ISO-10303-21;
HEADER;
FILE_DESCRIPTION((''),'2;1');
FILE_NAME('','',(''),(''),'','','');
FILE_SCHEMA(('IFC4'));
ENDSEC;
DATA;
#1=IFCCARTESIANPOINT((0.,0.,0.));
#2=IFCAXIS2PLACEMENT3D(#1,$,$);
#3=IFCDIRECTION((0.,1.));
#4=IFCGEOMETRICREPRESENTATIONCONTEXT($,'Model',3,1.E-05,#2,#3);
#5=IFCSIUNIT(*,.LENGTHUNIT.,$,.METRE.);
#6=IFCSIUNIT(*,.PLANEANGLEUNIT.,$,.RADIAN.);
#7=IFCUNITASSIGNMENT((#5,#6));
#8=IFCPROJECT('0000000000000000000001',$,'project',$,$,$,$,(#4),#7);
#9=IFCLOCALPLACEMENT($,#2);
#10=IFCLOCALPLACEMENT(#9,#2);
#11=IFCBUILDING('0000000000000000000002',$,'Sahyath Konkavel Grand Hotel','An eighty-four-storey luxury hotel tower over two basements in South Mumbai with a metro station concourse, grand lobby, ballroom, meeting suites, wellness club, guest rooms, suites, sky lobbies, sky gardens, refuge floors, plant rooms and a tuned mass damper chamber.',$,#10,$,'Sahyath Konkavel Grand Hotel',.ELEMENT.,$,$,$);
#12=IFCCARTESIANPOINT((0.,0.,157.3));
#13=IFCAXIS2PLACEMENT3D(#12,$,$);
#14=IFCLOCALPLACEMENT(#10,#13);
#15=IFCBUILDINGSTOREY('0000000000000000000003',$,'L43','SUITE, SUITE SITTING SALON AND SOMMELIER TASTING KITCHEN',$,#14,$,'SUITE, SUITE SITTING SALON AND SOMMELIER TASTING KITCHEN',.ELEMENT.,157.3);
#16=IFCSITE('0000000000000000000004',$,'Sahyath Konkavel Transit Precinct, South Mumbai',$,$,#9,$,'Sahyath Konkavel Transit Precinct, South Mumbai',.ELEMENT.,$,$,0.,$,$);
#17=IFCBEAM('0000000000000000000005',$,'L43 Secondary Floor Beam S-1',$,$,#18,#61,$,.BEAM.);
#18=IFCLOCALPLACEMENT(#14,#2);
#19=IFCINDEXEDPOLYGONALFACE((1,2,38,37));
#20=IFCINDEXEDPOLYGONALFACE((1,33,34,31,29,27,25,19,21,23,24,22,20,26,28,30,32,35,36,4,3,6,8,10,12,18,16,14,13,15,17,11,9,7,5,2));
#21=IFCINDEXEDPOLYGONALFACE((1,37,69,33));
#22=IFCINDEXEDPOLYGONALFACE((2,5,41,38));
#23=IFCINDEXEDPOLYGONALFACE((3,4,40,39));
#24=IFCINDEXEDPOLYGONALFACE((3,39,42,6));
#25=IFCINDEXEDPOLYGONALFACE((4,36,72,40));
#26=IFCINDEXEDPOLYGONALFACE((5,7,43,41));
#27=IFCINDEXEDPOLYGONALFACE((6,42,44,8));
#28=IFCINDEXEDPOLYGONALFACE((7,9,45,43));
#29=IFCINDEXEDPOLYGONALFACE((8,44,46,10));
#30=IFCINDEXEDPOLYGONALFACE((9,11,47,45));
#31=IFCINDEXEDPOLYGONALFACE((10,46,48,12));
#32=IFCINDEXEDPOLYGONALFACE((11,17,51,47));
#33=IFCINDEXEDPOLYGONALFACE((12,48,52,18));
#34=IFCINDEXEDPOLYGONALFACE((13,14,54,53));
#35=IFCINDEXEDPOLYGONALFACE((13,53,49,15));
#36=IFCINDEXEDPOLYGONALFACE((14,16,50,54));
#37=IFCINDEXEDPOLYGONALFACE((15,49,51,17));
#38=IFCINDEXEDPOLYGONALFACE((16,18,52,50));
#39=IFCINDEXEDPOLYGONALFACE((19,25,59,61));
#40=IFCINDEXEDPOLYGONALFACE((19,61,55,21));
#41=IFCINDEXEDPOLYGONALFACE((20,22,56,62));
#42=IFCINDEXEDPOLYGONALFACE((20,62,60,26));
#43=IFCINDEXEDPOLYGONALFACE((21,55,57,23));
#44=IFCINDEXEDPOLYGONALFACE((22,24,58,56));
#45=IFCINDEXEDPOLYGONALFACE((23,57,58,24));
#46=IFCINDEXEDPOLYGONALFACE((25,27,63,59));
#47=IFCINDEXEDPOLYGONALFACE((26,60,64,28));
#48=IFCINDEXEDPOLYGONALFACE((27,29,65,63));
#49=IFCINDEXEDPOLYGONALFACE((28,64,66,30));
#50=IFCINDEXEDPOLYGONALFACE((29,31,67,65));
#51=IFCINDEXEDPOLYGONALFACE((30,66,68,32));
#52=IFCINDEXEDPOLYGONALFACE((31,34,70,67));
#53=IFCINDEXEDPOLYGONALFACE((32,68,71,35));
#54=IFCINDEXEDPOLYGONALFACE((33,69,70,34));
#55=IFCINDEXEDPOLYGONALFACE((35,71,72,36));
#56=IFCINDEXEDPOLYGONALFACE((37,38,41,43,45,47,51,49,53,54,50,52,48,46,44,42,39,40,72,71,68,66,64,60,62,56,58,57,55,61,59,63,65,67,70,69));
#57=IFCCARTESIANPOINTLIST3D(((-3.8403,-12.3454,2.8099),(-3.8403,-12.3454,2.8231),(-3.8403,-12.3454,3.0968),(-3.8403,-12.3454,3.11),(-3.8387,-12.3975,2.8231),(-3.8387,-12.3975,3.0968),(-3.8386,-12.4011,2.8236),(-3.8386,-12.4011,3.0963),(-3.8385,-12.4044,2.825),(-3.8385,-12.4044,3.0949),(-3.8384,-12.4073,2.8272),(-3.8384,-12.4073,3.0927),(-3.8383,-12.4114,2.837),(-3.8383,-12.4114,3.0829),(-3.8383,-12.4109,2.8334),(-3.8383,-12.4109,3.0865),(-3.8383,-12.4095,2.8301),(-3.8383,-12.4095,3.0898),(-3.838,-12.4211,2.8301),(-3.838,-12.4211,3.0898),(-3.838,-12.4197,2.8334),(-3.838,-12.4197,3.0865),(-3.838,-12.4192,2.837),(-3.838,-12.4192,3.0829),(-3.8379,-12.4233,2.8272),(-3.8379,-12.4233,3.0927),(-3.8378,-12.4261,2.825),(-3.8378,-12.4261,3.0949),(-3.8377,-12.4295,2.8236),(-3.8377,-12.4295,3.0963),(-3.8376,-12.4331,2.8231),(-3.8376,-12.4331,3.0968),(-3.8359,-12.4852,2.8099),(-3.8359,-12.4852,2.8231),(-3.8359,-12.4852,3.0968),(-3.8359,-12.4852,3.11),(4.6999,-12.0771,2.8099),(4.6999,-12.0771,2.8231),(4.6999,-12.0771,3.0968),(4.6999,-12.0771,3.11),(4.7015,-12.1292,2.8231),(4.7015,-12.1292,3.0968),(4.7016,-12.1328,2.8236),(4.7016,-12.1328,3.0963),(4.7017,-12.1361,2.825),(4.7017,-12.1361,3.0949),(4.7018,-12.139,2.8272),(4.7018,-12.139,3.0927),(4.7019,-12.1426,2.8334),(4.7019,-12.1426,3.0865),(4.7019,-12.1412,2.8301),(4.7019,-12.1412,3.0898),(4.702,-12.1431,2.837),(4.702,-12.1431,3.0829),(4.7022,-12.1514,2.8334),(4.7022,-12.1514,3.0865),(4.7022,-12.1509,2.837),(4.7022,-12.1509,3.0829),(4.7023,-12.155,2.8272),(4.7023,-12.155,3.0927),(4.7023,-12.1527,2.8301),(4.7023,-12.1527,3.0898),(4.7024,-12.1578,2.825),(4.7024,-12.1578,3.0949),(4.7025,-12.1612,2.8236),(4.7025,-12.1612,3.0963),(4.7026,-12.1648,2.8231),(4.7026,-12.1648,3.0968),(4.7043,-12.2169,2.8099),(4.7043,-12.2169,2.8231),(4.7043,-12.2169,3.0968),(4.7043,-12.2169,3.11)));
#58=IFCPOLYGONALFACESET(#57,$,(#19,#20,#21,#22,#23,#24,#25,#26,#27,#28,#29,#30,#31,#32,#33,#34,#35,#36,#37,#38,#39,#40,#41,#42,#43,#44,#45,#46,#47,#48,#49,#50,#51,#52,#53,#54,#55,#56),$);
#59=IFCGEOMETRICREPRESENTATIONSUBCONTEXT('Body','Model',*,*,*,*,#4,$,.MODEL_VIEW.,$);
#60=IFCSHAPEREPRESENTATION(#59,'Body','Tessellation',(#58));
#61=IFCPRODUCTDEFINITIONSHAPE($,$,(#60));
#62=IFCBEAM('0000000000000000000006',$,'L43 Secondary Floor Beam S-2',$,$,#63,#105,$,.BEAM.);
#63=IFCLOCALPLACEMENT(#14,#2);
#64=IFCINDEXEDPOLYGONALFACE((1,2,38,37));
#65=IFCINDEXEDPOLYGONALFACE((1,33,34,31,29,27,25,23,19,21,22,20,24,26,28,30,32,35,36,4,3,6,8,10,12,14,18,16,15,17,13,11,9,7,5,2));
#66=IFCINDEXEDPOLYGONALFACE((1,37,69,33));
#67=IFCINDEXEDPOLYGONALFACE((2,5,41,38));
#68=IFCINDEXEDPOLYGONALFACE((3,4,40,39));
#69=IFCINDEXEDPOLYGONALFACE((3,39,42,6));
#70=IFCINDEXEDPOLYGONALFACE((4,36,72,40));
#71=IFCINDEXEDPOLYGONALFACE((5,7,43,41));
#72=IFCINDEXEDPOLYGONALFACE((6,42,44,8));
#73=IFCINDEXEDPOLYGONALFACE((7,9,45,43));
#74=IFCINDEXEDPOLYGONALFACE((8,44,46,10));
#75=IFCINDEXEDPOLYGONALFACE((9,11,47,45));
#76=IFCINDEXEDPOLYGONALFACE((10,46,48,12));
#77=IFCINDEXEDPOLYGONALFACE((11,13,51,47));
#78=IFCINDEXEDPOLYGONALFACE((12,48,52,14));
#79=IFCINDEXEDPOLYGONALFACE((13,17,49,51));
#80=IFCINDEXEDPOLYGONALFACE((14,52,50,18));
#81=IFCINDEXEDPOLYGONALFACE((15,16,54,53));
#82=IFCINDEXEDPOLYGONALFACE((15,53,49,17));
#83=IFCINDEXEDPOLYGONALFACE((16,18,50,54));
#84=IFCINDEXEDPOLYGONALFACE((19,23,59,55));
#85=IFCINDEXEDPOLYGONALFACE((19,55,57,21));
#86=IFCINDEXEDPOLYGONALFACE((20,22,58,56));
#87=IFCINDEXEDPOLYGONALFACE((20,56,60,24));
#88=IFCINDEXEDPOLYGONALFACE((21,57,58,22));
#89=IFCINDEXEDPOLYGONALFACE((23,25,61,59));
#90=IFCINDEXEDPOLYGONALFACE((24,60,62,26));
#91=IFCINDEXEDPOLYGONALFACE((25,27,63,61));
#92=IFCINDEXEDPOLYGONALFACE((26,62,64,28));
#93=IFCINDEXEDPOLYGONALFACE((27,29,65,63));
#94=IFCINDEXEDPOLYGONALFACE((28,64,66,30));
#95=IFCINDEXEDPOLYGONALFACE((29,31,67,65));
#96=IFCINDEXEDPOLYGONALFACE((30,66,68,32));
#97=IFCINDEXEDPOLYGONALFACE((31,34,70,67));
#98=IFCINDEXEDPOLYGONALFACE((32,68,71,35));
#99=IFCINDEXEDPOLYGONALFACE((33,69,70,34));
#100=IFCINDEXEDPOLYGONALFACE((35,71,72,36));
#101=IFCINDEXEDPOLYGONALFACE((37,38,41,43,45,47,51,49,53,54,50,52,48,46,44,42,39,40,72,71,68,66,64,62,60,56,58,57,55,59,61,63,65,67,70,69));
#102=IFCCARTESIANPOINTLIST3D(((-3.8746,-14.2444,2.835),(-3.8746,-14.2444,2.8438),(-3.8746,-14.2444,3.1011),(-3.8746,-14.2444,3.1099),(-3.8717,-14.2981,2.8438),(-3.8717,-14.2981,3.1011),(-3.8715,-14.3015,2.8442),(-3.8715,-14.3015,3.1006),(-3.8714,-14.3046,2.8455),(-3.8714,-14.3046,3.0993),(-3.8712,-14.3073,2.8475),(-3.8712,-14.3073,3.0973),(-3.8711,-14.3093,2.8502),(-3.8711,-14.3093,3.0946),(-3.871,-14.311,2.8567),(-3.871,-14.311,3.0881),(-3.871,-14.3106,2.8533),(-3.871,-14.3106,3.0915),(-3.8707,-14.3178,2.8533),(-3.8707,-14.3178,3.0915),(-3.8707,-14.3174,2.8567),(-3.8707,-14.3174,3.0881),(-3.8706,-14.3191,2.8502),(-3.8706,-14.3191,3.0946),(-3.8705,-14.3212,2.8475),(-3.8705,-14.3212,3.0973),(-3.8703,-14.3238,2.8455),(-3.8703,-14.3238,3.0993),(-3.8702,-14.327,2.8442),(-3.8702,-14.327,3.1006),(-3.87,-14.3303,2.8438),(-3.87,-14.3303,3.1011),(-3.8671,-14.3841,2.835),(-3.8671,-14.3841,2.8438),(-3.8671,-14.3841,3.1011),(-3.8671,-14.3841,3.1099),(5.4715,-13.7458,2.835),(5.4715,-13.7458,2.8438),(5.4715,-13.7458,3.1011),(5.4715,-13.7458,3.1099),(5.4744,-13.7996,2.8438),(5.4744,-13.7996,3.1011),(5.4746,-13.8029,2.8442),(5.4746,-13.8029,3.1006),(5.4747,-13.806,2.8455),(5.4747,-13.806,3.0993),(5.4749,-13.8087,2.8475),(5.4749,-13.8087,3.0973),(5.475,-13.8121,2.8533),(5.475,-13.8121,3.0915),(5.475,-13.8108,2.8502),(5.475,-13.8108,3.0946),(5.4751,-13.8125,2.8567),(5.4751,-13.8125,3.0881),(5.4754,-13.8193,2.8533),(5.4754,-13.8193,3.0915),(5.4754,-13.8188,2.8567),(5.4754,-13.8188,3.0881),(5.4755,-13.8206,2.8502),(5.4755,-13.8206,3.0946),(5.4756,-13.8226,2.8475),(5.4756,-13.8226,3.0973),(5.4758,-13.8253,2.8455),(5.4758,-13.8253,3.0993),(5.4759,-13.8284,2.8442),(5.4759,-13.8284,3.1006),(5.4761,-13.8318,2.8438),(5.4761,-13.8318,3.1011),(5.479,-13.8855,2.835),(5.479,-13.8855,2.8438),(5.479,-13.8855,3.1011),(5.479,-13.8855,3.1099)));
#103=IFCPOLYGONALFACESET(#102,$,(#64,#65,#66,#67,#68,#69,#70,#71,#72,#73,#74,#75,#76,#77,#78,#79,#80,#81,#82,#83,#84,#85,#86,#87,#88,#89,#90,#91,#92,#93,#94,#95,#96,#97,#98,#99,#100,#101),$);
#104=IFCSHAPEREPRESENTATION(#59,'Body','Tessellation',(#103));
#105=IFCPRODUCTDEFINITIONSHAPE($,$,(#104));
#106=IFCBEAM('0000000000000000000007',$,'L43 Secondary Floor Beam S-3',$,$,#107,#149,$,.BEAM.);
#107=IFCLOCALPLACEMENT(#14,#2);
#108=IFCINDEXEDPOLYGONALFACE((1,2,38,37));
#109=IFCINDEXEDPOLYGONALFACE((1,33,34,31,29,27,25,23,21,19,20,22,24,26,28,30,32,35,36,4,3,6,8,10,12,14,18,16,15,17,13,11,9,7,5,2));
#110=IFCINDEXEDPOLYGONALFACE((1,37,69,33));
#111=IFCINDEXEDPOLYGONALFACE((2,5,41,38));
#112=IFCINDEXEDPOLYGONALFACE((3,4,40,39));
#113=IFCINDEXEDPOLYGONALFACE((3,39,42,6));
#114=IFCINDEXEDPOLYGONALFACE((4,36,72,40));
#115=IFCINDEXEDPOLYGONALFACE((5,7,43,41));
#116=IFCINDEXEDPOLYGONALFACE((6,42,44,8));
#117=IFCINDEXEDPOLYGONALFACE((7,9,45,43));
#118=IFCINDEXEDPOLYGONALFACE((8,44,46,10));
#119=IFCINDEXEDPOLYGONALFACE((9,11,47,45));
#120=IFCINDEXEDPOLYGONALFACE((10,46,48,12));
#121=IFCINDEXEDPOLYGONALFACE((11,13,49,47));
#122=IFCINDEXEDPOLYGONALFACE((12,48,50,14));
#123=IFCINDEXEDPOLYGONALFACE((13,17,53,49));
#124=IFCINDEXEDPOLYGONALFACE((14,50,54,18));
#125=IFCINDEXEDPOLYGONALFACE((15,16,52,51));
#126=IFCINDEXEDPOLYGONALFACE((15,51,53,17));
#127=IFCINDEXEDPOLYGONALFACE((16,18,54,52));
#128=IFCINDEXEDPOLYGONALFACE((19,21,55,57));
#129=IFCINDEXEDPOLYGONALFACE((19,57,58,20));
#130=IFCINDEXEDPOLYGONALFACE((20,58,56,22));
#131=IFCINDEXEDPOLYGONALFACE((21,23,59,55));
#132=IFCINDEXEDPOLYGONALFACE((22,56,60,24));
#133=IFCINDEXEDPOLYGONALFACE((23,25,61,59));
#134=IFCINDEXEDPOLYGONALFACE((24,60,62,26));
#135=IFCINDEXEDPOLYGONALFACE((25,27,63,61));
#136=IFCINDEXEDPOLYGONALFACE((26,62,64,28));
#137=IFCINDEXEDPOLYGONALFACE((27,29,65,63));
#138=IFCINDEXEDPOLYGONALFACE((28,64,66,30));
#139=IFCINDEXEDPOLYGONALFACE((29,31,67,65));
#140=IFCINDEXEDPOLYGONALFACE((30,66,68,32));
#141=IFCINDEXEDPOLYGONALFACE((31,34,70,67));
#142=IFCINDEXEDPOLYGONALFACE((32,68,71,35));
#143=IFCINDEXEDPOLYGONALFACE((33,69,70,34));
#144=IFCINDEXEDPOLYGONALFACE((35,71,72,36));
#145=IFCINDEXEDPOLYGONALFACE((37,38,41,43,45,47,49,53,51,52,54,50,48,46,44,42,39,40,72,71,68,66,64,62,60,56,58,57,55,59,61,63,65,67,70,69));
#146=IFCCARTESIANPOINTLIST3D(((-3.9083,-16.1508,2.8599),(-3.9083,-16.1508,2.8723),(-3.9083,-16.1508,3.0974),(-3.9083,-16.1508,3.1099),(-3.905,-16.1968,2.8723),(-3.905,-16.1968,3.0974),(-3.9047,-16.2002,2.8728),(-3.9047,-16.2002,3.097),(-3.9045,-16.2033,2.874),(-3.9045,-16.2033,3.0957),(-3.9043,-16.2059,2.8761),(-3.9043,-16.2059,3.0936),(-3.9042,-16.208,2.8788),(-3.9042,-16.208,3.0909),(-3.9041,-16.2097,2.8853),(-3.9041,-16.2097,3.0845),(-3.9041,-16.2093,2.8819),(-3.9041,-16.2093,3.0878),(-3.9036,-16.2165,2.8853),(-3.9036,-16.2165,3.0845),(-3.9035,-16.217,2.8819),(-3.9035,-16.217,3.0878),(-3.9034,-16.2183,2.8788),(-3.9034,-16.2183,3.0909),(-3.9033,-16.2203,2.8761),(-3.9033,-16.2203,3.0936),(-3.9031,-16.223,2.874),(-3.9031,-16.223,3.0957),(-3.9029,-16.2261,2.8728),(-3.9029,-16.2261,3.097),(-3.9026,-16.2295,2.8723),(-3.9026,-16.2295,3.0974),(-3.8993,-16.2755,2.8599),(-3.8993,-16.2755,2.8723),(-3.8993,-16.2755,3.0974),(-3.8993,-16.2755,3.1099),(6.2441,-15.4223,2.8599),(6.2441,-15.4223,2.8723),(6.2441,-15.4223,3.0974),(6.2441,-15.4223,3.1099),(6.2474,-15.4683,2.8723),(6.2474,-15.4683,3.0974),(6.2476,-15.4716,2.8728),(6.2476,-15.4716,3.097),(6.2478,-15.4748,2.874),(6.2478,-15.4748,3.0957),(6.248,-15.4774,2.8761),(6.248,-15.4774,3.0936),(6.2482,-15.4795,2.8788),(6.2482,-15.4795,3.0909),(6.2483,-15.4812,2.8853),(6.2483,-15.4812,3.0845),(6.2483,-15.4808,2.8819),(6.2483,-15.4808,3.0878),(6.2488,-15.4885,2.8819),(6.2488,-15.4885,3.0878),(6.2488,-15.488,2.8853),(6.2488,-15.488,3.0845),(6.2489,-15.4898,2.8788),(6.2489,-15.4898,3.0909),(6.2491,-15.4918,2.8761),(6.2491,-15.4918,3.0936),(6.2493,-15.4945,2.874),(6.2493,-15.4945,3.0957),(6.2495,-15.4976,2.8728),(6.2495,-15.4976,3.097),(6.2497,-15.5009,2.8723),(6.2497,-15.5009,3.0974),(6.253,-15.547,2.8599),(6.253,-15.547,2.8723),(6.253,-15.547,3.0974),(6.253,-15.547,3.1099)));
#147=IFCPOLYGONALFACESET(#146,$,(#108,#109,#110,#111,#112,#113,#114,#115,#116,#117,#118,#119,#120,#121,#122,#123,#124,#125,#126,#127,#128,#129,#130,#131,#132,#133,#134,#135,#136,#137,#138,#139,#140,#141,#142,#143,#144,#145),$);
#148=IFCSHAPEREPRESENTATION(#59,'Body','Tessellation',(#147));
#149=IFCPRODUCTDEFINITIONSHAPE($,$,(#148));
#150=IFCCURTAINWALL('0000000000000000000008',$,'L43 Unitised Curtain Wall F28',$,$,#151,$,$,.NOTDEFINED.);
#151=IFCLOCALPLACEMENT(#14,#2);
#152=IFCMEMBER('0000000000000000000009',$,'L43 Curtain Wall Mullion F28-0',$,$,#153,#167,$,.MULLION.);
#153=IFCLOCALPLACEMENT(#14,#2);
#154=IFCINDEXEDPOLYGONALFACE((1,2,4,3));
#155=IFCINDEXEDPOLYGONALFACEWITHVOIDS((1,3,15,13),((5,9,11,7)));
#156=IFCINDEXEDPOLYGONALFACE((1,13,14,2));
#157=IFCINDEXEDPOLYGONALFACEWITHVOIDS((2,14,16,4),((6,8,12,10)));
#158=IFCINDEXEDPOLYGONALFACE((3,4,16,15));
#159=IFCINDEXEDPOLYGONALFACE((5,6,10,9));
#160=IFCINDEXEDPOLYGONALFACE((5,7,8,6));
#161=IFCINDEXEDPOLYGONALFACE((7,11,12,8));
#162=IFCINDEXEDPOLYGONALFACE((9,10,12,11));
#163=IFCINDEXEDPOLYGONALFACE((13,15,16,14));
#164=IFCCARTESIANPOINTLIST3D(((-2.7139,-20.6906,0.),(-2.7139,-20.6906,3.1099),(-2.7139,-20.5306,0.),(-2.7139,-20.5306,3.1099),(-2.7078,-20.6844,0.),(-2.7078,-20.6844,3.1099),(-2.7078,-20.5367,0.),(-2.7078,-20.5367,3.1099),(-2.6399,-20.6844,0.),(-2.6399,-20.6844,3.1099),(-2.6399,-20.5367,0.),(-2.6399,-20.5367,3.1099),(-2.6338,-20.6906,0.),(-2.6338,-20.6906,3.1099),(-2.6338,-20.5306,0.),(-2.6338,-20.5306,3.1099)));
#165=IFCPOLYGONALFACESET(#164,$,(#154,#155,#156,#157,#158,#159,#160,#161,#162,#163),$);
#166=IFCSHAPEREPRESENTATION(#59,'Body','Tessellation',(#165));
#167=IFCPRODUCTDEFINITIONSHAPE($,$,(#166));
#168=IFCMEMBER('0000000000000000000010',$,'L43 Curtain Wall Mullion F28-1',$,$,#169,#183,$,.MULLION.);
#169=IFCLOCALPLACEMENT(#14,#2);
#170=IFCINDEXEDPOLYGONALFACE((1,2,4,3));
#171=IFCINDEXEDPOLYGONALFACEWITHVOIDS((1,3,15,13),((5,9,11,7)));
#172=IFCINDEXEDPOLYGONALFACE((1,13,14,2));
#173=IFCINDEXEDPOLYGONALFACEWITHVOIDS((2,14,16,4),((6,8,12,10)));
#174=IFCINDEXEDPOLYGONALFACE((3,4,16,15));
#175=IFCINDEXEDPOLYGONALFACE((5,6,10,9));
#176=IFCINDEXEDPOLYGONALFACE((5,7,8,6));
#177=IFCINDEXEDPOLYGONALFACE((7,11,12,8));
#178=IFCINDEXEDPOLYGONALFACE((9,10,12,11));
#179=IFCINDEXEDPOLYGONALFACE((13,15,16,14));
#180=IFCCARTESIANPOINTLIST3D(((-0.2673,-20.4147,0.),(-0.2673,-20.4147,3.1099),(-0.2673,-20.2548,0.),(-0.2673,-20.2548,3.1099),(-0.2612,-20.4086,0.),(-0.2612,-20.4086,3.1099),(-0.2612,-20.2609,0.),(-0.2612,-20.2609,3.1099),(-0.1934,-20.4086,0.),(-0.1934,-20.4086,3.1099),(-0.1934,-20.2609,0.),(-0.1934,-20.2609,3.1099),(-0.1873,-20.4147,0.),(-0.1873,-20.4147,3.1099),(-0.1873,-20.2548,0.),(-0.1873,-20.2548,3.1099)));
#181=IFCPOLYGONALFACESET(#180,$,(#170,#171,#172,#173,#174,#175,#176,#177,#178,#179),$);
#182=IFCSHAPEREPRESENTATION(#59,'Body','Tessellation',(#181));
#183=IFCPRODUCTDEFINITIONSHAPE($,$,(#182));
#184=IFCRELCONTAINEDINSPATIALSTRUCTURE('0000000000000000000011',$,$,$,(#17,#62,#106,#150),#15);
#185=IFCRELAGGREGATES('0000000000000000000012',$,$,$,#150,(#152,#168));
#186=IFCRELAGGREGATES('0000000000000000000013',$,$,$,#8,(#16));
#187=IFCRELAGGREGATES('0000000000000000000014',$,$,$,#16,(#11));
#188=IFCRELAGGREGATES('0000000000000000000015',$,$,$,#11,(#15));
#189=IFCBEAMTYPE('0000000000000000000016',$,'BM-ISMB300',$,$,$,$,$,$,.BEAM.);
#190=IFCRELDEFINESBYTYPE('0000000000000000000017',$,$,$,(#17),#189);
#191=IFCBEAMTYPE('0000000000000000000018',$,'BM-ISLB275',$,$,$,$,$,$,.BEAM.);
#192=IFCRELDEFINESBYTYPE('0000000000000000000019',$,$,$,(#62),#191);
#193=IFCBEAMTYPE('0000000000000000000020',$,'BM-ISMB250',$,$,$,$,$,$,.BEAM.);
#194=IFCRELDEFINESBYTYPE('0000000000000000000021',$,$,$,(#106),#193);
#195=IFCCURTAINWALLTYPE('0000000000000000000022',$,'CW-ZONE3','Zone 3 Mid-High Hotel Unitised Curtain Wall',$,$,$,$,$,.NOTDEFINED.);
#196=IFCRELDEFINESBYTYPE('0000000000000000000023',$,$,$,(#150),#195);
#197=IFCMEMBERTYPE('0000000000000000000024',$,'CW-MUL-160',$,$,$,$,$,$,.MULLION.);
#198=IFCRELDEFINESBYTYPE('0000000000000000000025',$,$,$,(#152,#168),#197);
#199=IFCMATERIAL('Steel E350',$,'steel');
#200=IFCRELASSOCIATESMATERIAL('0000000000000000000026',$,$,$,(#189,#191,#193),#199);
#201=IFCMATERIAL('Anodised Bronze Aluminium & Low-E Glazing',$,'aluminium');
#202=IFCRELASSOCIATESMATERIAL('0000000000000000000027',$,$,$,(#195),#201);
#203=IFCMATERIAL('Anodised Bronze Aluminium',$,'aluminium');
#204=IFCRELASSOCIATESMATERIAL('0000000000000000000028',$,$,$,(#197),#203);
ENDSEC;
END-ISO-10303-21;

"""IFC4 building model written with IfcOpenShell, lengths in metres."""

from ifc_helpers import new_model, si_unit, direction, frame, origin, origin_2d, place, context, subcontext, project, spatial, hollow_rectangle, i_section, extrude, source, transform, mapped, material, material_profile, profile_set, type_object, element, aggregate, save


model = new_model("IFC4")

# Units and contexts
model_context = context("Model", 3, precision=1e-05, world=origin(), true_north=direction((0.0, 1.0)))
body_context = subcontext(model_context, "Body", "Model", "MODEL_VIEW")
ifc_project = project(units=[si_unit("LENGTHUNIT", "METRE"), si_unit("PLANEANGLEUNIT", "RADIAN")], contexts=[model_context])

# Site, building, storey
site_placement = place(None, origin())
site = spatial("IfcSite", under=ifc_project, at=site_placement, Name="Sahyath Konkavel Transit Precinct, South Mumbai", LongName="Sahyath Konkavel Transit Precinct, South Mumbai", CompositionType="ELEMENT", RefElevation=0.0)
building_placement = place(site_placement, origin())
building = spatial("IfcBuilding", under=site, at=building_placement, Name="Sahyath Konkavel Grand Hotel", Description="An eighty-four-storey luxury hotel tower over two basements in South Mumbai with a metro station concourse, grand lobby, ballroom, meeting suites, wellness club, guest rooms, suites, sky lobbies, sky gardens, refuge floors, plant rooms and a tuned mass damper chamber.", LongName="Sahyath Konkavel Grand Hotel", CompositionType="ELEMENT")
storey_placement = place(building_placement, frame((0.0, 0.0, 157.3)))
storey = spatial("IfcBuildingStorey", under=building, at=storey_placement, Name="L43", Description="SUITE, SUITE SITTING SALON AND SOMMELIER TASTING KITCHEN", LongName="SUITE, SUITE SITTING SALON AND SOMMELIER TASTING KITCHEN", CompositionType="ELEMENT", Elevation=157.3)

# Beams
ifc_material_1 = material(Name="Steel E350", Category="steel")
ifc_material_profile_1 = material_profile(ifc_material_1, i_section(OverallWidth=0.1399, OverallDepth=0.3, WebThickness=0.0078, FlangeThickness=0.0132, FilletRadius=0.0139, at=origin_2d()), Name="ISMB 300")
ifc_profile_set_1 = profile_set([ifc_material_profile_1], Name="Steel E350")
beam_type_1 = type_object("IfcBeamType", Name="BM-ISMB300", PredefinedType="BEAM", material=ifc_profile_set_1)
shared_shape_1 = source(origin(), body_context, "Body", "SweptSolid", [
    extrude(i_section(OverallWidth=0.1399, OverallDepth=0.3, WebThickness=0.0078, FlangeThickness=0.0132, FilletRadius=0.0139, at=origin_2d()), origin(), (0.0, 0.0, 1.0), 8.5444),
])
beam_1_placement = place(storey_placement, frame((-3.8381, -12.4153, 2.96), z_axis=(0.999507, 0.031402, 0.0), x_axis=(-0.031402, 0.999507, 0.0)))
element("IfcBeam", 1, at=beam_1_placement, inside=storey, type_object=beam_type_1, Name="L43 Secondary Floor Beam S-1", PredefinedType="BEAM", context=body_context, shape_type="MappedRepresentation", body=[
    mapped(shared_shape_1, transform((0.0, 0.0, 0.0), scale=1.0)),
])
ifc_material_profile_2 = material_profile(ifc_material_1, i_section(OverallWidth=0.1399, OverallDepth=0.2749, WebThickness=0.0063, FlangeThickness=0.0088, FilletRadius=0.0129, at=origin_2d()), Name="ISLB 275")
ifc_profile_set_2 = profile_set([ifc_material_profile_2], Name="Steel E350")
beam_type_2 = type_object("IfcBeamType", Name="BM-ISLB275", PredefinedType="BEAM", material=ifc_profile_set_2)
shared_shape_2 = source(origin(), body_context, "Body", "SweptSolid", [
    extrude(i_section(OverallWidth=0.1399, OverallDepth=0.2749, WebThickness=0.0063, FlangeThickness=0.0088, FilletRadius=0.0129, at=origin_2d()), origin(), (0.0, 0.0, 1.0), 9.3594),
])
beam_2_placement = place(storey_placement, frame((-3.8708, -14.3142, 2.9724), z_axis=(0.99858, 0.053265, 0.0), x_axis=(-0.053265, 0.99858, 0.0)))
element("IfcBeam", 2, at=beam_2_placement, inside=storey, type_object=beam_type_2, Name="L43 Secondary Floor Beam S-2", PredefinedType="BEAM", context=body_context, shape_type="MappedRepresentation", body=[
    mapped(shared_shape_2, transform((0.0, 0.0, 0.0), scale=1.0)),
])
ifc_material_profile_3 = material_profile(ifc_material_1, i_section(OverallWidth=0.125, OverallDepth=0.25, WebThickness=0.0068, FlangeThickness=0.0125, FilletRadius=0.0129, at=origin_2d()), Name="ISMB 250")
ifc_profile_set_3 = profile_set([ifc_material_profile_3], Name="Steel E350")
beam_type_3 = type_object("IfcBeamType", Name="BM-ISMB250", PredefinedType="BEAM", material=ifc_profile_set_3)
shared_shape_3 = source(origin(), body_context, "Body", "SweptSolid", [
    extrude(i_section(OverallWidth=0.125, OverallDepth=0.25, WebThickness=0.0068, FlangeThickness=0.0125, FilletRadius=0.0129, at=origin_2d()), origin(), (0.0, 0.0, 1.0), 10.1785),
])
beam_3_placement = place(storey_placement, frame((-3.9038, -16.2131, 2.9849), z_axis=(0.997435, 0.071574, 0.0), x_axis=(-0.071574, 0.997435, 0.0)))
element("IfcBeam", 3, at=beam_3_placement, inside=storey, type_object=beam_type_3, Name="L43 Secondary Floor Beam S-3", PredefinedType="BEAM", context=body_context, shape_type="MappedRepresentation", body=[
    mapped(shared_shape_3, transform((0.0, 0.0, 0.0), scale=1.0)),
])

# Curtain wall, members
ifc_material_2 = material(Name="Anodised Bronze Aluminium & Low-E Glazing", Category="aluminium")
curtain_wall_type = type_object("IfcCurtainWallType", Name="CW-ZONE3", Description="Zone 3 Mid-High Hotel Unitised Curtain Wall", PredefinedType="NOTDEFINED", material=ifc_material_2)
curtain_wall_placement = place(storey_placement, origin())
curtain_wall = element("IfcCurtainWall", 4, at=curtain_wall_placement, inside=storey, type_object=curtain_wall_type, Name="L43 Unitised Curtain Wall F28", PredefinedType="NOTDEFINED")
ifc_material_3 = material(Name="Anodised Bronze Aluminium", Category="aluminium")
ifc_material_profile_4 = material_profile(ifc_material_3, hollow_rectangle(XDim=0.0801, YDim=0.1599, WallThickness=0.0061, at=origin_2d()), Name="RHS 160x80x6")
ifc_profile_set_4 = profile_set([ifc_material_profile_4], Name="Anodised Bronze Aluminium")
member_type_1 = type_object("IfcMemberType", Name="CW-MUL-160", PredefinedType="MULLION", material=ifc_profile_set_4)
shared_shape_4 = source(origin(), body_context, "Body", "SweptSolid", [
    extrude(hollow_rectangle(XDim=0.0801, YDim=0.1599, WallThickness=0.0061, at=origin_2d()), origin(), (0.0, 0.0, 1.0), 3.1099),
])
member_1_placement = place(storey_placement, frame((-2.6738, -20.6106, 0.0), z_axis=(0.0, 0.0, 1.0), x_axis=(1.0, 0.0, 0.0)))
member_1 = element("IfcMember", 5, at=member_1_placement, type_object=member_type_1, Name="L43 Curtain Wall Mullion F28-0", PredefinedType="MULLION", context=body_context, shape_type="MappedRepresentation", body=[
    mapped(shared_shape_4, transform((0.0, 0.0, 0.0), scale=1.0)),
])
member_2_placement = place(storey_placement, frame((-0.2273, -20.3347, 0.0), z_axis=(0.0, 0.0, 1.0), x_axis=(1.0, 0.0, 0.0)))
member_2 = element("IfcMember", 6, at=member_2_placement, type_object=member_type_1, Name="L43 Curtain Wall Mullion F28-1", PredefinedType="MULLION", context=body_context, shape_type="MappedRepresentation", body=[
    mapped(shared_shape_4, transform((0.0, 0.0, 0.0), scale=1.0)),
])
aggregate(curtain_wall, [member_1, member_2])

save(model, "model.ifc")
